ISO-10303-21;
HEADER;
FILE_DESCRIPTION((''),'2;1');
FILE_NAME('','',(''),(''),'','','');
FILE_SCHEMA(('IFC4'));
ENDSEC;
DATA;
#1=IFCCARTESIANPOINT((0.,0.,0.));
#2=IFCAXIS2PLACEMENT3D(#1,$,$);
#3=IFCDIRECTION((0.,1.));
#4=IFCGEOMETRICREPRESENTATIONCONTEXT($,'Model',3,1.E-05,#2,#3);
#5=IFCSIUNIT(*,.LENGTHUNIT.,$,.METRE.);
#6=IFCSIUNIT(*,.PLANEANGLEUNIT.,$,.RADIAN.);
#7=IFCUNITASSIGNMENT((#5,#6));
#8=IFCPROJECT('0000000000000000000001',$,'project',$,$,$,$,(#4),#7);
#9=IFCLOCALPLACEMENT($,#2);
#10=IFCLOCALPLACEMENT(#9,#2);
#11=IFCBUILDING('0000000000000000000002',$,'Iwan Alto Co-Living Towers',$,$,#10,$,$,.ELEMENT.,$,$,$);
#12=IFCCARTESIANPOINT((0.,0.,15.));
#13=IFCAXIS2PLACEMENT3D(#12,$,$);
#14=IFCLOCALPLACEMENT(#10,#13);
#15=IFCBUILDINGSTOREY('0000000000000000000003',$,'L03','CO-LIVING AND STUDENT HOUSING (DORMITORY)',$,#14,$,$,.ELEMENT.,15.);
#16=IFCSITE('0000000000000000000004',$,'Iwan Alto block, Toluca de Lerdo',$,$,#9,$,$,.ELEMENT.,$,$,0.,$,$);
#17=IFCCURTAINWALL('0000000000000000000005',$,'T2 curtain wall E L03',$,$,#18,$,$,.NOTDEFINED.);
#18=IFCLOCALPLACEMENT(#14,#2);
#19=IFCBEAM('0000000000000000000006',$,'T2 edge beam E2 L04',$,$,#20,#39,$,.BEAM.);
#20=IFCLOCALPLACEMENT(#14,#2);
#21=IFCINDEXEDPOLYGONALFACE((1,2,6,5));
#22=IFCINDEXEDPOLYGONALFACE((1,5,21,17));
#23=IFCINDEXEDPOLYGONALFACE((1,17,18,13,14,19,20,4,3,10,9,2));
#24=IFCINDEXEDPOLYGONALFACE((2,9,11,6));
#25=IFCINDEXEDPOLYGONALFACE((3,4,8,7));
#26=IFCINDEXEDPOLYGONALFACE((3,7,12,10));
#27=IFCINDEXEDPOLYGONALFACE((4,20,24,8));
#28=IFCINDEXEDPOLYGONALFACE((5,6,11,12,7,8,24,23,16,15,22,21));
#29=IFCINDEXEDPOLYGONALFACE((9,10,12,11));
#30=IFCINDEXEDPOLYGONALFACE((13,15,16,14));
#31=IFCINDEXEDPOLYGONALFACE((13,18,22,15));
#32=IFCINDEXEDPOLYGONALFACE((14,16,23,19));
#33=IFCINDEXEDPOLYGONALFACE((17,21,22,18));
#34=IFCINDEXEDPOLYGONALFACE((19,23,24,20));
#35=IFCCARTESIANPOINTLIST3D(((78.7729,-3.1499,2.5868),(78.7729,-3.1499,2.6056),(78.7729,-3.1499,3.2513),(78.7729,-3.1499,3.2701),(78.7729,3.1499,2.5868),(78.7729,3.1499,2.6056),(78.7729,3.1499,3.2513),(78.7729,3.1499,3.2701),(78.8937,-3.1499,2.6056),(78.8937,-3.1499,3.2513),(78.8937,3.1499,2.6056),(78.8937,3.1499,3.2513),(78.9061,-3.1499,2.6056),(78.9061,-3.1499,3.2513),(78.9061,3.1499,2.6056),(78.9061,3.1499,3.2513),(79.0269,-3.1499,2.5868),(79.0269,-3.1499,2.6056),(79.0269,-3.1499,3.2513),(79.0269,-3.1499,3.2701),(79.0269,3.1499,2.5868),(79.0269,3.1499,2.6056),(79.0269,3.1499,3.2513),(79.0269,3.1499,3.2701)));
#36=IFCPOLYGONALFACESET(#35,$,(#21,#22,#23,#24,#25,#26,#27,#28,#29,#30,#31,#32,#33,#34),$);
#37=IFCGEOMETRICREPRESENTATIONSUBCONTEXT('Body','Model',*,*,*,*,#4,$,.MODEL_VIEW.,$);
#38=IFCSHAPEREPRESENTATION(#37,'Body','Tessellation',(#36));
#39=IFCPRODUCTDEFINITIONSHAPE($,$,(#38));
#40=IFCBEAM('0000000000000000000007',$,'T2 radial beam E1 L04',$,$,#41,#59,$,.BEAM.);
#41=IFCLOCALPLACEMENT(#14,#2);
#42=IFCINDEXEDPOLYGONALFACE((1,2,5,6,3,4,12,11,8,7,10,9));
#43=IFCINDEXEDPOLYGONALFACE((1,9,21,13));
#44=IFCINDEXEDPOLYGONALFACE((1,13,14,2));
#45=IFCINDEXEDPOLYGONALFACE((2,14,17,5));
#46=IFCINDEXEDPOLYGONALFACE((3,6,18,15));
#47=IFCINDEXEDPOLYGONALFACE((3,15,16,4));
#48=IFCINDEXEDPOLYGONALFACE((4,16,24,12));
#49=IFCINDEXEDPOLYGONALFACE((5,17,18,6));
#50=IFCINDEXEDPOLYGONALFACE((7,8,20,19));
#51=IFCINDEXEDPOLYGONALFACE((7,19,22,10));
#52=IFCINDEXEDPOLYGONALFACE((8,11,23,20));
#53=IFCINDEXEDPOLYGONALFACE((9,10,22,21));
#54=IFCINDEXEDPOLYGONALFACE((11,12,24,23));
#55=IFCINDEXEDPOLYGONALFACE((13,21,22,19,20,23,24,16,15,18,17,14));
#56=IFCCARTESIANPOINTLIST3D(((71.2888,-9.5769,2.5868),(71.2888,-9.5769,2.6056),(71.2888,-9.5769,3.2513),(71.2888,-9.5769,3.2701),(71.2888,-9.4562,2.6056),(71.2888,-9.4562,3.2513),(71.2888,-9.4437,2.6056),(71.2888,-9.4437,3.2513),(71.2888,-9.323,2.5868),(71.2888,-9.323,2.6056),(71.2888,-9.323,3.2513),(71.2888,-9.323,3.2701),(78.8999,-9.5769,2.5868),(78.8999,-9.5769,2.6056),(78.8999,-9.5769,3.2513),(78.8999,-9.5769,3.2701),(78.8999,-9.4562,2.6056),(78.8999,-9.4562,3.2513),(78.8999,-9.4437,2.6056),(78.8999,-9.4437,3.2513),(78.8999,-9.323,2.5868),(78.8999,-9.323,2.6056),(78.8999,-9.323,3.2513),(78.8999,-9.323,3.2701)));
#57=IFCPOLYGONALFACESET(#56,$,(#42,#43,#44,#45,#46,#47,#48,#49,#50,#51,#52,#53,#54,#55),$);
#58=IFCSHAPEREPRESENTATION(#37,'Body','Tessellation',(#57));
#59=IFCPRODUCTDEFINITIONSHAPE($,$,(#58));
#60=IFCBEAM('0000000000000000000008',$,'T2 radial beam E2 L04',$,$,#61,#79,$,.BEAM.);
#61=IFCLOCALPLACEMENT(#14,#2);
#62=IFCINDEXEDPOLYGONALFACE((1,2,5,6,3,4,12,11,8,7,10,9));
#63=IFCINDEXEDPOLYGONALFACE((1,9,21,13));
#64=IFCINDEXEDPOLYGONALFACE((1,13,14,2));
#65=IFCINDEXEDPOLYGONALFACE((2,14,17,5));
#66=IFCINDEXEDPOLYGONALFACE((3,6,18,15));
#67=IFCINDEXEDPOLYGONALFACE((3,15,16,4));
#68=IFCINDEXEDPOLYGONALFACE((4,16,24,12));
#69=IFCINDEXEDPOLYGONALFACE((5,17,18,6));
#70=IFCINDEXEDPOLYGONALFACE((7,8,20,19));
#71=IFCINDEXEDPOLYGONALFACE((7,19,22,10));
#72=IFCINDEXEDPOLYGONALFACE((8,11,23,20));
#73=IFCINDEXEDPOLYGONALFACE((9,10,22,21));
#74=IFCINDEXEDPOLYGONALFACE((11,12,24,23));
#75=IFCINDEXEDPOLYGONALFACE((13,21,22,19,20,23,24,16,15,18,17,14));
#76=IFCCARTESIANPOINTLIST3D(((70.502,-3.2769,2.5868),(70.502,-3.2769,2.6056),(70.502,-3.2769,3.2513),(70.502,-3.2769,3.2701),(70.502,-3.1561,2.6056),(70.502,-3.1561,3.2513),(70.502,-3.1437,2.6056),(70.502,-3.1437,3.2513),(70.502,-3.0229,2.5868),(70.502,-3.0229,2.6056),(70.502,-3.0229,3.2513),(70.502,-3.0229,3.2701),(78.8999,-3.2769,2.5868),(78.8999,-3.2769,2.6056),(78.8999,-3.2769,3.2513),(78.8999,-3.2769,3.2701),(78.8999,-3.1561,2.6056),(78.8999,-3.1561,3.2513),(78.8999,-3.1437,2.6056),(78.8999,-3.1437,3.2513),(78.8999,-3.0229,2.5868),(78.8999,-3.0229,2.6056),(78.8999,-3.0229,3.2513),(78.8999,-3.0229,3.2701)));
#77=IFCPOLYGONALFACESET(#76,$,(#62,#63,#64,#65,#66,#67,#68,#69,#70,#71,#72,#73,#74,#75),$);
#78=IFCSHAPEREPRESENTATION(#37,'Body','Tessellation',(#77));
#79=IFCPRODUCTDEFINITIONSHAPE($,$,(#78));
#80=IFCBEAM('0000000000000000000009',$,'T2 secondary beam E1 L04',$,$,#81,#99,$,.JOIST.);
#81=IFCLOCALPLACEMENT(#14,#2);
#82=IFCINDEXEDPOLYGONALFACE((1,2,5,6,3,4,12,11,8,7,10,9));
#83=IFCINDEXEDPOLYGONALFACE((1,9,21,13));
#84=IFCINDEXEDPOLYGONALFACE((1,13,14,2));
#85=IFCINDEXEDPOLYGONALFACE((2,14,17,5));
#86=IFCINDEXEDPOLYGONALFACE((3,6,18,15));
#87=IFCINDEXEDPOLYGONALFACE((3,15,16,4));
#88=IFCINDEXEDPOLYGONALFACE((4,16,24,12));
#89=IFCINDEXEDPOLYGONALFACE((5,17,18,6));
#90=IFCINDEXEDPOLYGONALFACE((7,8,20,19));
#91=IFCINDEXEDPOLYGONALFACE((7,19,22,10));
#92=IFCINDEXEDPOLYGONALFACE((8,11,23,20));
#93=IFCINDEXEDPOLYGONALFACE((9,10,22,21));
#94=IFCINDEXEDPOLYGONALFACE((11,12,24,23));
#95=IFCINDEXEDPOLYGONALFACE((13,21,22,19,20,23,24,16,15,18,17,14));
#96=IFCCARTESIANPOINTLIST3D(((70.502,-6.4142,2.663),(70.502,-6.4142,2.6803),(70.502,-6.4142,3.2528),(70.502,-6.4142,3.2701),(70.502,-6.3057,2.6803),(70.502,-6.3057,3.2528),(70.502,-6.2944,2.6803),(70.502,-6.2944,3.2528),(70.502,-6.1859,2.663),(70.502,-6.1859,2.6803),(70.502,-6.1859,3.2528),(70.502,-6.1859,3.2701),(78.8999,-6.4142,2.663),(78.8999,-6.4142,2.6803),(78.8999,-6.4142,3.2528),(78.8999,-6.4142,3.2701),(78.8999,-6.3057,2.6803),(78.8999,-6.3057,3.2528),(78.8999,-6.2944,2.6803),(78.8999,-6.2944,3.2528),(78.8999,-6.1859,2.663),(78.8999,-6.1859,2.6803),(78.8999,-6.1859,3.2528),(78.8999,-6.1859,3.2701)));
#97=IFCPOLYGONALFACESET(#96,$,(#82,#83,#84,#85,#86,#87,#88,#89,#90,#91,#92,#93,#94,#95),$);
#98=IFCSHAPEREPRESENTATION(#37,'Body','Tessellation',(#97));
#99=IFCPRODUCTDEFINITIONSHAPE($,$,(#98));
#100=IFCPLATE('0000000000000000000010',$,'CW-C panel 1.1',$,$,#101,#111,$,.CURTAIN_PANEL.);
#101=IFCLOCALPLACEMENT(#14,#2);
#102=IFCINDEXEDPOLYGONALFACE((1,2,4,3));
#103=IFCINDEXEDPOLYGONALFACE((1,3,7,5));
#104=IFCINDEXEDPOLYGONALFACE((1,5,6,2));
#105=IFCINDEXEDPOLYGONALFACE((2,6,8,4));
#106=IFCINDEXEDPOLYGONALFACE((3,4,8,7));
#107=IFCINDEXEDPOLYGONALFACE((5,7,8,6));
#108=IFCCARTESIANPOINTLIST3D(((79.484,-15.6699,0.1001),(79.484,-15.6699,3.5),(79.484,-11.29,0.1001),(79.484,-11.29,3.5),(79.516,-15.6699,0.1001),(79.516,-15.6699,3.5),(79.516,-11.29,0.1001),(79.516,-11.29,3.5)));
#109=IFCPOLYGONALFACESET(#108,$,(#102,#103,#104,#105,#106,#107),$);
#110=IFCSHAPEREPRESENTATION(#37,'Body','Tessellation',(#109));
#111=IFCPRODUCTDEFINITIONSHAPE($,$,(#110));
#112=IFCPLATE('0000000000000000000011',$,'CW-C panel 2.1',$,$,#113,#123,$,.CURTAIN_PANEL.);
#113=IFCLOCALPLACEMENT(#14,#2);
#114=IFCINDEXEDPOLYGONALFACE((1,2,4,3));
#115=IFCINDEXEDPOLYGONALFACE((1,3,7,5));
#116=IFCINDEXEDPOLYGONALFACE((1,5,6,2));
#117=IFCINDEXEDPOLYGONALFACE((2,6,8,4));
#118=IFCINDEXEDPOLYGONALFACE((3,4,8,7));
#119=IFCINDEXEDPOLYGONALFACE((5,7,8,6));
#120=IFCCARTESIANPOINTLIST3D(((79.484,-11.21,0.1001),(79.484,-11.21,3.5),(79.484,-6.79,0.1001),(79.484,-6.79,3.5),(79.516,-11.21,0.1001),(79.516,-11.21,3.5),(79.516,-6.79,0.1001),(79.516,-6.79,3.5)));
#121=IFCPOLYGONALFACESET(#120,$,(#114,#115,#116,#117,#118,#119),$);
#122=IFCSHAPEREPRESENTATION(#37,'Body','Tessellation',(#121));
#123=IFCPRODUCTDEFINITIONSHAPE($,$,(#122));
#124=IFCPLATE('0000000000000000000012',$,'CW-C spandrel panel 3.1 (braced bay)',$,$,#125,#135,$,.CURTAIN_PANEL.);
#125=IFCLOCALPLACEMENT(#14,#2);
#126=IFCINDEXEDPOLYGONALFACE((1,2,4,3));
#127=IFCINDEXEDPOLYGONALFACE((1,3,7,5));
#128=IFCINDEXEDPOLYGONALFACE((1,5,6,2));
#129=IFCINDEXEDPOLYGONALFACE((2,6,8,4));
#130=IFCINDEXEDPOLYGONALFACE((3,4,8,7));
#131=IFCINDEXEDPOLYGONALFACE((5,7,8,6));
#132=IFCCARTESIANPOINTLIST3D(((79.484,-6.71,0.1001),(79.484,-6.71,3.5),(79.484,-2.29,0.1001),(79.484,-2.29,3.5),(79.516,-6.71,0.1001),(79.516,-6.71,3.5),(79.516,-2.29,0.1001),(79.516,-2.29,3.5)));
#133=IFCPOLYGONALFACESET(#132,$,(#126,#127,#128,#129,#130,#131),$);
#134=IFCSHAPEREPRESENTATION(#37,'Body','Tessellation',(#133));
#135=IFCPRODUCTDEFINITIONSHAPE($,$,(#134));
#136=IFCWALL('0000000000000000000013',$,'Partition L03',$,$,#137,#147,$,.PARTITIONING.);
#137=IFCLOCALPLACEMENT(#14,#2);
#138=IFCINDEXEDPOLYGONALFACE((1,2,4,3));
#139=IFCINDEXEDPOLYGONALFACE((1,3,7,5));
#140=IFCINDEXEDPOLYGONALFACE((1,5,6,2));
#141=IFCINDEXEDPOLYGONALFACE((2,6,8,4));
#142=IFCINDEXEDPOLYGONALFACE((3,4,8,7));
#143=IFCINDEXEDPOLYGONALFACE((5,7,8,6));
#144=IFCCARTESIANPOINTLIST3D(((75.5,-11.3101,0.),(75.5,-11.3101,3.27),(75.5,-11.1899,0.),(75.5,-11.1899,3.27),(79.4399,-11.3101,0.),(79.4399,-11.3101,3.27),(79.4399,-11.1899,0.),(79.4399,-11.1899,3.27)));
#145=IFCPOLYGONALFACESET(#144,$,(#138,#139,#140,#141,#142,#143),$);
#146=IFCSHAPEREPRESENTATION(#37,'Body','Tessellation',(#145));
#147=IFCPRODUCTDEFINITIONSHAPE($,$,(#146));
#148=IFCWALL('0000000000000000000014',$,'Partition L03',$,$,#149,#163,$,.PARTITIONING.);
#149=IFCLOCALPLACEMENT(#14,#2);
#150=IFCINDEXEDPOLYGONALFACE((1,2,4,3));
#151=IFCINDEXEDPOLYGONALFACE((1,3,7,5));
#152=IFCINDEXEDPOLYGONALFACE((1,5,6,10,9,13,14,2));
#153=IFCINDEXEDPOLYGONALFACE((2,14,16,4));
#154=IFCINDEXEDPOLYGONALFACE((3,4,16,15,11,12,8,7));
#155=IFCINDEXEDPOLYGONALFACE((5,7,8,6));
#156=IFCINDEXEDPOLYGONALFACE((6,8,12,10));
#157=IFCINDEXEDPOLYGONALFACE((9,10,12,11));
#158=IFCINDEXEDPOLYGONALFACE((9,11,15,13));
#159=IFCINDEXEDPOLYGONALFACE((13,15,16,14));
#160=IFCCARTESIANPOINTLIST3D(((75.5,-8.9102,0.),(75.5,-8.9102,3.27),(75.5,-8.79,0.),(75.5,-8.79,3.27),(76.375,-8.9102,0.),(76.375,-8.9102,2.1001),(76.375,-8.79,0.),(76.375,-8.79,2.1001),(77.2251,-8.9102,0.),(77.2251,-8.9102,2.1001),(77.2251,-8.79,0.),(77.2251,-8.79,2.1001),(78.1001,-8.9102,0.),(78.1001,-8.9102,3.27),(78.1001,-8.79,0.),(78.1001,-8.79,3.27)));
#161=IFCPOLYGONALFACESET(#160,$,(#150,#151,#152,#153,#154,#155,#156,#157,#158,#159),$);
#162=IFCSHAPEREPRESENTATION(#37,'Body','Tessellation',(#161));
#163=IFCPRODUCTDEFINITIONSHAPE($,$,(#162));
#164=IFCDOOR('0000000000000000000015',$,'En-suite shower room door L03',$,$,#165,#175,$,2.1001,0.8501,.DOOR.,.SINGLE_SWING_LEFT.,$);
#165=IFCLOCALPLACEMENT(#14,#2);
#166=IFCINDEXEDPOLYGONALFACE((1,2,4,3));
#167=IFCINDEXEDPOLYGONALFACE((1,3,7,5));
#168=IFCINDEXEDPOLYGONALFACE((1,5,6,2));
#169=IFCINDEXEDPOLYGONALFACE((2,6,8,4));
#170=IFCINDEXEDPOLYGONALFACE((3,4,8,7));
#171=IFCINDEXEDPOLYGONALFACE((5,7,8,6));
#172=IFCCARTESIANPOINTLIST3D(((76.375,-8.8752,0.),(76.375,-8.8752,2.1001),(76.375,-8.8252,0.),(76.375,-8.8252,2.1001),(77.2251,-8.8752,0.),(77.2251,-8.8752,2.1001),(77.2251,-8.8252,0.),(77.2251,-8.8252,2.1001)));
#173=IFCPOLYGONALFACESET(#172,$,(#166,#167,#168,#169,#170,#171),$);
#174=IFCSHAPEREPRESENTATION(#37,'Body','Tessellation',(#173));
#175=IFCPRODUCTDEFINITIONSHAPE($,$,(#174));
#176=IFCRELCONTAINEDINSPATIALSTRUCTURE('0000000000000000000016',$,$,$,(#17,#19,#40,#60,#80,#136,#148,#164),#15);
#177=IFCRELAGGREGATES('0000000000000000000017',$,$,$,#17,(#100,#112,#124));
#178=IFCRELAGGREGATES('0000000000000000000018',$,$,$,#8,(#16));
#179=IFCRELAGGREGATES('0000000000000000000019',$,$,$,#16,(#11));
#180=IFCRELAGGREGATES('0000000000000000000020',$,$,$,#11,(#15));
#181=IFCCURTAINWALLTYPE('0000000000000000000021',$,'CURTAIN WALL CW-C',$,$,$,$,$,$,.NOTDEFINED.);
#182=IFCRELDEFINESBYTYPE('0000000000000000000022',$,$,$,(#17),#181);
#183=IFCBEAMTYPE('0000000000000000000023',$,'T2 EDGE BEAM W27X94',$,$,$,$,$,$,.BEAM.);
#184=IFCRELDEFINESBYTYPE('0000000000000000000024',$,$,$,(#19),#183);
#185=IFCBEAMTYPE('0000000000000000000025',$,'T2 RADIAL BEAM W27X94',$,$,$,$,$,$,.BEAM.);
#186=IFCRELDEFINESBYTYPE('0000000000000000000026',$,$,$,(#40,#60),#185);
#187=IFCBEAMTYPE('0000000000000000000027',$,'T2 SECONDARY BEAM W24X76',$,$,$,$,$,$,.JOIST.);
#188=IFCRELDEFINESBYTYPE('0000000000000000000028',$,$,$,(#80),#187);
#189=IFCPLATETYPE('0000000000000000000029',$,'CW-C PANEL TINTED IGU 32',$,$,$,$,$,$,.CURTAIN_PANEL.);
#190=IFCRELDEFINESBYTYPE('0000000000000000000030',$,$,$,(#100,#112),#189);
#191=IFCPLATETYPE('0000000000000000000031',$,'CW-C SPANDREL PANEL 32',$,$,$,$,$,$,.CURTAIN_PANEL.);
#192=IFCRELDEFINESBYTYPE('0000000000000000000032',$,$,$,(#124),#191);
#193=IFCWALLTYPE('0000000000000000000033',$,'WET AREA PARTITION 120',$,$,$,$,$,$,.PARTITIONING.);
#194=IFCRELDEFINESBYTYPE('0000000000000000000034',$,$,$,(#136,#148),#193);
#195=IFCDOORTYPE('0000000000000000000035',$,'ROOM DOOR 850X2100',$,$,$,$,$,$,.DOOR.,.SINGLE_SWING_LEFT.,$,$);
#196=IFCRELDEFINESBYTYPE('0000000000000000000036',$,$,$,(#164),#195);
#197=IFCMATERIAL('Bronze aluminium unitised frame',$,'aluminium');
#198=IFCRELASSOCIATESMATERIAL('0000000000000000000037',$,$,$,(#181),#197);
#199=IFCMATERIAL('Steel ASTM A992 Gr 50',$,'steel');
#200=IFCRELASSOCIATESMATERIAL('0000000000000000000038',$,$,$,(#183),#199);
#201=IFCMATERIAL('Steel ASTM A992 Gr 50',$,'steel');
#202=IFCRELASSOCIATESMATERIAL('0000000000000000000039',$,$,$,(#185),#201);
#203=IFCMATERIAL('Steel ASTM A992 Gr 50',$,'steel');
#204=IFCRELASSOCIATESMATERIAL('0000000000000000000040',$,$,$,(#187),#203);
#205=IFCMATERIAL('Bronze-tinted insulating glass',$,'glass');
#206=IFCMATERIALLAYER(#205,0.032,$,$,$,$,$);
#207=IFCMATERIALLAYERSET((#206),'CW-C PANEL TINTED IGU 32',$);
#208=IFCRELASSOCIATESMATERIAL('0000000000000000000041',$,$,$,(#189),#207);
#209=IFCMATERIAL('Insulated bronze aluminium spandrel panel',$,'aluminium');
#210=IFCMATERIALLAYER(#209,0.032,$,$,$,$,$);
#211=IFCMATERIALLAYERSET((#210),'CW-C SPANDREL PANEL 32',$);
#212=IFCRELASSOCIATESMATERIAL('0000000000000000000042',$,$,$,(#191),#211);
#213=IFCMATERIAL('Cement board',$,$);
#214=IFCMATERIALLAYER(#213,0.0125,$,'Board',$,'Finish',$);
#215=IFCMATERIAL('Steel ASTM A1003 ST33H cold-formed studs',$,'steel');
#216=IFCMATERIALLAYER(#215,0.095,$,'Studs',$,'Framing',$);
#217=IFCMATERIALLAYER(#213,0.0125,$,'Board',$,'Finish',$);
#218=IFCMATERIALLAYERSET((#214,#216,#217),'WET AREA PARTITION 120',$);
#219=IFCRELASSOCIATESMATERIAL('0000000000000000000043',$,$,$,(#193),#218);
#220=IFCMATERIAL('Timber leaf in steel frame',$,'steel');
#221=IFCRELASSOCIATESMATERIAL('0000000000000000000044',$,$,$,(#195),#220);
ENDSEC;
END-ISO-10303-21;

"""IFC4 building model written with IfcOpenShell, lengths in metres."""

from ifc_helpers import new_model, si_unit, direction, frame, frame_2d, origin, origin_2d, place, context, subcontext, project, spatial, rectangle, i_section, extrude, material, layer, layer_set, material_profile, profile_set, type_object, element, fill, aggregate, save


model = new_model("IFC4")

# Units and contexts
model_context = context("Model", 3, precision=1e-05, world=origin(), true_north=direction((0.0, 1.0)))
body_context = subcontext(model_context, "Body", "Model", "MODEL_VIEW")
ifc_project = project(units=[si_unit("LENGTHUNIT", "METRE"), si_unit("PLANEANGLEUNIT", "RADIAN")], contexts=[model_context])

# Site, building, storey
site_placement = place(None, origin())
site = spatial("IfcSite", under=ifc_project, at=site_placement, Name="Iwan Alto block, Toluca de Lerdo", CompositionType="ELEMENT", RefElevation=0.0)
building_placement = place(site_placement, origin())
building = spatial("IfcBuilding", under=site, at=building_placement, Name="Iwan Alto Co-Living Towers", CompositionType="ELEMENT")
storey_placement = place(building_placement, frame((0.0, 0.0, 15.0)))
storey = spatial("IfcBuildingStorey", under=building, at=storey_placement, Name="L03", Description="CO-LIVING AND STUDENT HOUSING (DORMITORY)", CompositionType="ELEMENT", Elevation=15.0)

# Curtain wall
ifc_material_1 = material(Name="Bronze aluminium unitised frame", Category="aluminium")
curtain_wall_type = type_object("IfcCurtainWallType", Name="CURTAIN WALL CW-C", PredefinedType="NOTDEFINED", material=ifc_material_1)
curtain_wall_placement = place(storey_placement, origin())
curtain_wall = element("IfcCurtainWall", 1, at=curtain_wall_placement, inside=storey, type_object=curtain_wall_type, Name="T2 curtain wall E L03", PredefinedType="NOTDEFINED")

# Beams
ifc_material_2 = material(Name="Steel ASTM A992 Gr 50", Category="steel")
ifc_material_profile_1 = material_profile(ifc_material_2, i_section(OverallWidth=0.2539, OverallDepth=0.6833, WebThickness=0.0125, FlangeThickness=0.0188, at=origin_2d()), Name="W27X94")
ifc_profile_set_1 = profile_set([ifc_material_profile_1], Name="Steel ASTM A992 Gr 50")
beam_type_1 = type_object("IfcBeamType", Name="T2 EDGE BEAM W27X94", PredefinedType="BEAM", material=ifc_profile_set_1)
beam_1_placement = place(storey_placement, frame((78.8999, -3.1499, 2.9285), z_axis=(0.0, 1.0, 0.0), x_axis=(-1.0, 0.0, 0.0)))
element("IfcBeam", 2, at=beam_1_placement, inside=storey, type_object=beam_type_1, Name="T2 edge beam E2 L04", PredefinedType="BEAM", context=body_context, shape_type="SweptSolid", body=[
    extrude(i_section(OverallWidth=0.2539, OverallDepth=0.6833, WebThickness=0.0125, FlangeThickness=0.0188, at=origin_2d()), origin(), (0.0, 0.0, 1.0), 6.2998),
])
ifc_material_3 = material(Name="Steel ASTM A992 Gr 50", Category="steel")
ifc_material_profile_2 = material_profile(ifc_material_3, i_section(OverallWidth=0.2539, OverallDepth=0.6833, WebThickness=0.0125, FlangeThickness=0.0188, at=origin_2d()), Name="W27X94")
ifc_profile_set_2 = profile_set([ifc_material_profile_2], Name="Steel ASTM A992 Gr 50")
beam_type_2 = type_object("IfcBeamType", Name="T2 RADIAL BEAM W27X94", PredefinedType="BEAM", material=ifc_profile_set_2)
beam_2_placement = place(storey_placement, frame((78.8999, -9.45, 2.9285), z_axis=(-1.0, 0.0, 0.0), x_axis=(0.0, -1.0, 0.0)))
element("IfcBeam", 3, at=beam_2_placement, inside=storey, type_object=beam_type_2, Name="T2 radial beam E1 L04", PredefinedType="BEAM", context=body_context, shape_type="SweptSolid", body=[
    extrude(i_section(OverallWidth=0.2539, OverallDepth=0.6833, WebThickness=0.0125, FlangeThickness=0.0188, at=origin_2d()), origin(), (0.0, 0.0, 1.0), 7.6111),
])
beam_3_placement = place(storey_placement, frame((78.8999, -3.1499, 2.9285), z_axis=(-1.0, 0.0, 0.0), x_axis=(0.0, -1.0, 0.0)))
element("IfcBeam", 4, at=beam_3_placement, inside=storey, type_object=beam_type_2, Name="T2 radial beam E2 L04", PredefinedType="BEAM", context=body_context, shape_type="SweptSolid", body=[
    extrude(i_section(OverallWidth=0.2539, OverallDepth=0.6833, WebThickness=0.0125, FlangeThickness=0.0188, at=origin_2d()), origin(), (0.0, 0.0, 1.0), 8.3979),
])
ifc_material_4 = material(Name="Steel ASTM A992 Gr 50", Category="steel")
ifc_material_profile_3 = material_profile(ifc_material_4, i_section(OverallWidth=0.2283, OverallDepth=0.6072, WebThickness=0.0112, FlangeThickness=0.0173, at=origin_2d()), Name="W24X76")
ifc_profile_set_3 = profile_set([ifc_material_profile_3], Name="Steel ASTM A992 Gr 50")
beam_type_3 = type_object("IfcBeamType", Name="T2 SECONDARY BEAM W24X76", PredefinedType="JOIST", material=ifc_profile_set_3)
beam_4_placement = place(storey_placement, frame((78.8999, -6.3, 2.9666), z_axis=(-1.0, 0.0, 0.0), x_axis=(0.0, -1.0, 0.0)))
element("IfcBeam", 5, at=beam_4_placement, inside=storey, type_object=beam_type_3, Name="T2 secondary beam E1 L04", PredefinedType="JOIST", context=body_context, shape_type="SweptSolid", body=[
    extrude(i_section(OverallWidth=0.2283, OverallDepth=0.6072, WebThickness=0.0112, FlangeThickness=0.0173, at=origin_2d()), origin(), (0.0, 0.0, 1.0), 8.3979),
])

# Plates
ifc_material_5 = material(Name="Bronze-tinted insulating glass", Category="glass")
ifc_layer_1 = layer(ifc_material_5, 0.032)
ifc_layer_set_1 = layer_set([ifc_layer_1], Name="CW-C PANEL TINTED IGU 32")
plate_type_1 = type_object("IfcPlateType", Name="CW-C PANEL TINTED IGU 32", PredefinedType="CURTAIN_PANEL", material=ifc_layer_set_1)
plate_1_placement = place(storey_placement, frame((79.5, -13.48, 0.1001), z_axis=(0.0, 0.0, 1.0), x_axis=(0.0, 1.0, 0.0)))
plate_1 = element("IfcPlate", 6, at=plate_1_placement, type_object=plate_type_1, Name="CW-C panel 1.1", PredefinedType="CURTAIN_PANEL", context=body_context, shape_type="SweptSolid", body=[
    extrude(rectangle(XDim=4.3799, YDim=0.032, at=origin_2d()), origin(), (0.0, 0.0, 1.0), 3.3999),
])
plate_2_placement = place(storey_placement, frame((79.5, -9.0, 0.1001), z_axis=(0.0, 0.0, 1.0), x_axis=(0.0, 1.0, 0.0)))
plate_2 = element("IfcPlate", 7, at=plate_2_placement, type_object=plate_type_1, Name="CW-C panel 2.1", PredefinedType="CURTAIN_PANEL", context=body_context, shape_type="SweptSolid", body=[
    extrude(rectangle(XDim=4.4199, YDim=0.032, at=origin_2d()), origin(), (0.0, 0.0, 1.0), 3.3999),
])
ifc_material_6 = material(Name="Insulated bronze aluminium spandrel panel", Category="aluminium")
ifc_layer_2 = layer(ifc_material_6, 0.032)
ifc_layer_set_2 = layer_set([ifc_layer_2], Name="CW-C SPANDREL PANEL 32")
plate_type_2 = type_object("IfcPlateType", Name="CW-C SPANDREL PANEL 32", PredefinedType="CURTAIN_PANEL", material=ifc_layer_set_2)
plate_3_placement = place(storey_placement, frame((79.5, -4.5, 0.1001), z_axis=(0.0, 0.0, 1.0), x_axis=(0.0, 1.0, 0.0)))
plate_3 = element("IfcPlate", 8, at=plate_3_placement, type_object=plate_type_2, Name="CW-C spandrel panel 3.1 (braced bay)", PredefinedType="CURTAIN_PANEL", context=body_context, shape_type="SweptSolid", body=[
    extrude(rectangle(XDim=4.4199, YDim=0.032, at=origin_2d()), origin(), (0.0, 0.0, 1.0), 3.3999),
])
aggregate(curtain_wall, [plate_1, plate_2, plate_3])

# Wall
ifc_material_7 = material(Name="Cement board")
ifc_layer_3 = layer(ifc_material_7, 0.0125, Name="Board", Category="Finish")
ifc_material_8 = material(Name="Steel ASTM A1003 ST33H cold-formed studs", Category="steel")
ifc_layer_4 = layer(ifc_material_8, 0.095, Name="Studs", Category="Framing")
ifc_layer_5 = layer(ifc_material_7, 0.0125, Name="Board", Category="Finish")
ifc_layer_set_3 = layer_set([ifc_layer_3, ifc_layer_4, ifc_layer_5], Name="WET AREA PARTITION 120")
wall_type = type_object("IfcWallType", Name="WET AREA PARTITION 120", PredefinedType="PARTITIONING", material=ifc_layer_set_3)
wall_1_placement = place(storey_placement, frame((75.5, -11.25, 0.0), z_axis=(0.0, 0.0, 1.0), x_axis=(1.0, 0.0, 0.0)))
element("IfcWall", 9, at=wall_1_placement, inside=storey, type_object=wall_type, Name="Partition L03", PredefinedType="PARTITIONING", context=body_context, shape_type="SweptSolid", body=[
    extrude(rectangle(XDim=3.9399, YDim=0.1201, at=frame_2d((1.97, 0.0))), origin(), (0.0, 0.0, 1.0), 3.27),
])

# Wall, opening, door
wall_2_placement = place(storey_placement, frame((75.5, -8.8501, 0.0), z_axis=(0.0, 0.0, 1.0), x_axis=(1.0, 0.0, 0.0)))
wall_2 = element("IfcWall", 10, at=wall_2_placement, inside=storey, type_object=wall_type, Name="Partition L03", PredefinedType="PARTITIONING", context=body_context, shape_type="SweptSolid", body=[
    extrude(rectangle(XDim=2.6001, YDim=0.1201, at=frame_2d((1.3, 0.0))), origin(), (0.0, 0.0, 1.0), 3.27),
])
opening_1_placement = place(wall_2_placement, frame((0.875, 0.0, 0.0)))
opening_1 = element("IfcOpeningElement", 11, at=opening_1_placement, cuts=wall_2, PredefinedType="OPENING", context=body_context, shape_type="SweptSolid", body=[
    extrude(rectangle(XDim=0.8501, YDim=2.1001, at=frame_2d((0.425, 1.05))), frame((0.0, 0.0701, 0.0), z_axis=(0.0, -1.0, 0.0), x_axis=(1.0, 0.0, 0.0)), (0.0, 0.0, 1.0), 0.1401),
])
ifc_material_9 = material(Name="Timber leaf in steel frame", Category="steel")
door_type = type_object("IfcDoorType", Name="ROOM DOOR 850X2100", OperationType="SINGLE_SWING_LEFT", PredefinedType="DOOR", material=ifc_material_9)
door_1_placement = place(opening_1_placement, origin())
door_1 = element("IfcDoor", 12, at=door_1_placement, inside=storey, type_object=door_type, Name="En-suite shower room door L03", OperationType="SINGLE_SWING_LEFT", OverallHeight=2.1001, OverallWidth=0.8501, PredefinedType="DOOR", context=body_context, shape_type="SweptSolid", body=[
    extrude(rectangle(XDim=0.8501, YDim=2.1001, at=frame_2d((0.425, 1.05))), frame((0.0, 0.0249, 0.0), z_axis=(0.0, -1.0, 0.0), x_axis=(1.0, 0.0, 0.0)), (0.0, 0.0, 1.0), 0.05),
])
fill(opening_1, door_1)

save(model, "model.ifc")
